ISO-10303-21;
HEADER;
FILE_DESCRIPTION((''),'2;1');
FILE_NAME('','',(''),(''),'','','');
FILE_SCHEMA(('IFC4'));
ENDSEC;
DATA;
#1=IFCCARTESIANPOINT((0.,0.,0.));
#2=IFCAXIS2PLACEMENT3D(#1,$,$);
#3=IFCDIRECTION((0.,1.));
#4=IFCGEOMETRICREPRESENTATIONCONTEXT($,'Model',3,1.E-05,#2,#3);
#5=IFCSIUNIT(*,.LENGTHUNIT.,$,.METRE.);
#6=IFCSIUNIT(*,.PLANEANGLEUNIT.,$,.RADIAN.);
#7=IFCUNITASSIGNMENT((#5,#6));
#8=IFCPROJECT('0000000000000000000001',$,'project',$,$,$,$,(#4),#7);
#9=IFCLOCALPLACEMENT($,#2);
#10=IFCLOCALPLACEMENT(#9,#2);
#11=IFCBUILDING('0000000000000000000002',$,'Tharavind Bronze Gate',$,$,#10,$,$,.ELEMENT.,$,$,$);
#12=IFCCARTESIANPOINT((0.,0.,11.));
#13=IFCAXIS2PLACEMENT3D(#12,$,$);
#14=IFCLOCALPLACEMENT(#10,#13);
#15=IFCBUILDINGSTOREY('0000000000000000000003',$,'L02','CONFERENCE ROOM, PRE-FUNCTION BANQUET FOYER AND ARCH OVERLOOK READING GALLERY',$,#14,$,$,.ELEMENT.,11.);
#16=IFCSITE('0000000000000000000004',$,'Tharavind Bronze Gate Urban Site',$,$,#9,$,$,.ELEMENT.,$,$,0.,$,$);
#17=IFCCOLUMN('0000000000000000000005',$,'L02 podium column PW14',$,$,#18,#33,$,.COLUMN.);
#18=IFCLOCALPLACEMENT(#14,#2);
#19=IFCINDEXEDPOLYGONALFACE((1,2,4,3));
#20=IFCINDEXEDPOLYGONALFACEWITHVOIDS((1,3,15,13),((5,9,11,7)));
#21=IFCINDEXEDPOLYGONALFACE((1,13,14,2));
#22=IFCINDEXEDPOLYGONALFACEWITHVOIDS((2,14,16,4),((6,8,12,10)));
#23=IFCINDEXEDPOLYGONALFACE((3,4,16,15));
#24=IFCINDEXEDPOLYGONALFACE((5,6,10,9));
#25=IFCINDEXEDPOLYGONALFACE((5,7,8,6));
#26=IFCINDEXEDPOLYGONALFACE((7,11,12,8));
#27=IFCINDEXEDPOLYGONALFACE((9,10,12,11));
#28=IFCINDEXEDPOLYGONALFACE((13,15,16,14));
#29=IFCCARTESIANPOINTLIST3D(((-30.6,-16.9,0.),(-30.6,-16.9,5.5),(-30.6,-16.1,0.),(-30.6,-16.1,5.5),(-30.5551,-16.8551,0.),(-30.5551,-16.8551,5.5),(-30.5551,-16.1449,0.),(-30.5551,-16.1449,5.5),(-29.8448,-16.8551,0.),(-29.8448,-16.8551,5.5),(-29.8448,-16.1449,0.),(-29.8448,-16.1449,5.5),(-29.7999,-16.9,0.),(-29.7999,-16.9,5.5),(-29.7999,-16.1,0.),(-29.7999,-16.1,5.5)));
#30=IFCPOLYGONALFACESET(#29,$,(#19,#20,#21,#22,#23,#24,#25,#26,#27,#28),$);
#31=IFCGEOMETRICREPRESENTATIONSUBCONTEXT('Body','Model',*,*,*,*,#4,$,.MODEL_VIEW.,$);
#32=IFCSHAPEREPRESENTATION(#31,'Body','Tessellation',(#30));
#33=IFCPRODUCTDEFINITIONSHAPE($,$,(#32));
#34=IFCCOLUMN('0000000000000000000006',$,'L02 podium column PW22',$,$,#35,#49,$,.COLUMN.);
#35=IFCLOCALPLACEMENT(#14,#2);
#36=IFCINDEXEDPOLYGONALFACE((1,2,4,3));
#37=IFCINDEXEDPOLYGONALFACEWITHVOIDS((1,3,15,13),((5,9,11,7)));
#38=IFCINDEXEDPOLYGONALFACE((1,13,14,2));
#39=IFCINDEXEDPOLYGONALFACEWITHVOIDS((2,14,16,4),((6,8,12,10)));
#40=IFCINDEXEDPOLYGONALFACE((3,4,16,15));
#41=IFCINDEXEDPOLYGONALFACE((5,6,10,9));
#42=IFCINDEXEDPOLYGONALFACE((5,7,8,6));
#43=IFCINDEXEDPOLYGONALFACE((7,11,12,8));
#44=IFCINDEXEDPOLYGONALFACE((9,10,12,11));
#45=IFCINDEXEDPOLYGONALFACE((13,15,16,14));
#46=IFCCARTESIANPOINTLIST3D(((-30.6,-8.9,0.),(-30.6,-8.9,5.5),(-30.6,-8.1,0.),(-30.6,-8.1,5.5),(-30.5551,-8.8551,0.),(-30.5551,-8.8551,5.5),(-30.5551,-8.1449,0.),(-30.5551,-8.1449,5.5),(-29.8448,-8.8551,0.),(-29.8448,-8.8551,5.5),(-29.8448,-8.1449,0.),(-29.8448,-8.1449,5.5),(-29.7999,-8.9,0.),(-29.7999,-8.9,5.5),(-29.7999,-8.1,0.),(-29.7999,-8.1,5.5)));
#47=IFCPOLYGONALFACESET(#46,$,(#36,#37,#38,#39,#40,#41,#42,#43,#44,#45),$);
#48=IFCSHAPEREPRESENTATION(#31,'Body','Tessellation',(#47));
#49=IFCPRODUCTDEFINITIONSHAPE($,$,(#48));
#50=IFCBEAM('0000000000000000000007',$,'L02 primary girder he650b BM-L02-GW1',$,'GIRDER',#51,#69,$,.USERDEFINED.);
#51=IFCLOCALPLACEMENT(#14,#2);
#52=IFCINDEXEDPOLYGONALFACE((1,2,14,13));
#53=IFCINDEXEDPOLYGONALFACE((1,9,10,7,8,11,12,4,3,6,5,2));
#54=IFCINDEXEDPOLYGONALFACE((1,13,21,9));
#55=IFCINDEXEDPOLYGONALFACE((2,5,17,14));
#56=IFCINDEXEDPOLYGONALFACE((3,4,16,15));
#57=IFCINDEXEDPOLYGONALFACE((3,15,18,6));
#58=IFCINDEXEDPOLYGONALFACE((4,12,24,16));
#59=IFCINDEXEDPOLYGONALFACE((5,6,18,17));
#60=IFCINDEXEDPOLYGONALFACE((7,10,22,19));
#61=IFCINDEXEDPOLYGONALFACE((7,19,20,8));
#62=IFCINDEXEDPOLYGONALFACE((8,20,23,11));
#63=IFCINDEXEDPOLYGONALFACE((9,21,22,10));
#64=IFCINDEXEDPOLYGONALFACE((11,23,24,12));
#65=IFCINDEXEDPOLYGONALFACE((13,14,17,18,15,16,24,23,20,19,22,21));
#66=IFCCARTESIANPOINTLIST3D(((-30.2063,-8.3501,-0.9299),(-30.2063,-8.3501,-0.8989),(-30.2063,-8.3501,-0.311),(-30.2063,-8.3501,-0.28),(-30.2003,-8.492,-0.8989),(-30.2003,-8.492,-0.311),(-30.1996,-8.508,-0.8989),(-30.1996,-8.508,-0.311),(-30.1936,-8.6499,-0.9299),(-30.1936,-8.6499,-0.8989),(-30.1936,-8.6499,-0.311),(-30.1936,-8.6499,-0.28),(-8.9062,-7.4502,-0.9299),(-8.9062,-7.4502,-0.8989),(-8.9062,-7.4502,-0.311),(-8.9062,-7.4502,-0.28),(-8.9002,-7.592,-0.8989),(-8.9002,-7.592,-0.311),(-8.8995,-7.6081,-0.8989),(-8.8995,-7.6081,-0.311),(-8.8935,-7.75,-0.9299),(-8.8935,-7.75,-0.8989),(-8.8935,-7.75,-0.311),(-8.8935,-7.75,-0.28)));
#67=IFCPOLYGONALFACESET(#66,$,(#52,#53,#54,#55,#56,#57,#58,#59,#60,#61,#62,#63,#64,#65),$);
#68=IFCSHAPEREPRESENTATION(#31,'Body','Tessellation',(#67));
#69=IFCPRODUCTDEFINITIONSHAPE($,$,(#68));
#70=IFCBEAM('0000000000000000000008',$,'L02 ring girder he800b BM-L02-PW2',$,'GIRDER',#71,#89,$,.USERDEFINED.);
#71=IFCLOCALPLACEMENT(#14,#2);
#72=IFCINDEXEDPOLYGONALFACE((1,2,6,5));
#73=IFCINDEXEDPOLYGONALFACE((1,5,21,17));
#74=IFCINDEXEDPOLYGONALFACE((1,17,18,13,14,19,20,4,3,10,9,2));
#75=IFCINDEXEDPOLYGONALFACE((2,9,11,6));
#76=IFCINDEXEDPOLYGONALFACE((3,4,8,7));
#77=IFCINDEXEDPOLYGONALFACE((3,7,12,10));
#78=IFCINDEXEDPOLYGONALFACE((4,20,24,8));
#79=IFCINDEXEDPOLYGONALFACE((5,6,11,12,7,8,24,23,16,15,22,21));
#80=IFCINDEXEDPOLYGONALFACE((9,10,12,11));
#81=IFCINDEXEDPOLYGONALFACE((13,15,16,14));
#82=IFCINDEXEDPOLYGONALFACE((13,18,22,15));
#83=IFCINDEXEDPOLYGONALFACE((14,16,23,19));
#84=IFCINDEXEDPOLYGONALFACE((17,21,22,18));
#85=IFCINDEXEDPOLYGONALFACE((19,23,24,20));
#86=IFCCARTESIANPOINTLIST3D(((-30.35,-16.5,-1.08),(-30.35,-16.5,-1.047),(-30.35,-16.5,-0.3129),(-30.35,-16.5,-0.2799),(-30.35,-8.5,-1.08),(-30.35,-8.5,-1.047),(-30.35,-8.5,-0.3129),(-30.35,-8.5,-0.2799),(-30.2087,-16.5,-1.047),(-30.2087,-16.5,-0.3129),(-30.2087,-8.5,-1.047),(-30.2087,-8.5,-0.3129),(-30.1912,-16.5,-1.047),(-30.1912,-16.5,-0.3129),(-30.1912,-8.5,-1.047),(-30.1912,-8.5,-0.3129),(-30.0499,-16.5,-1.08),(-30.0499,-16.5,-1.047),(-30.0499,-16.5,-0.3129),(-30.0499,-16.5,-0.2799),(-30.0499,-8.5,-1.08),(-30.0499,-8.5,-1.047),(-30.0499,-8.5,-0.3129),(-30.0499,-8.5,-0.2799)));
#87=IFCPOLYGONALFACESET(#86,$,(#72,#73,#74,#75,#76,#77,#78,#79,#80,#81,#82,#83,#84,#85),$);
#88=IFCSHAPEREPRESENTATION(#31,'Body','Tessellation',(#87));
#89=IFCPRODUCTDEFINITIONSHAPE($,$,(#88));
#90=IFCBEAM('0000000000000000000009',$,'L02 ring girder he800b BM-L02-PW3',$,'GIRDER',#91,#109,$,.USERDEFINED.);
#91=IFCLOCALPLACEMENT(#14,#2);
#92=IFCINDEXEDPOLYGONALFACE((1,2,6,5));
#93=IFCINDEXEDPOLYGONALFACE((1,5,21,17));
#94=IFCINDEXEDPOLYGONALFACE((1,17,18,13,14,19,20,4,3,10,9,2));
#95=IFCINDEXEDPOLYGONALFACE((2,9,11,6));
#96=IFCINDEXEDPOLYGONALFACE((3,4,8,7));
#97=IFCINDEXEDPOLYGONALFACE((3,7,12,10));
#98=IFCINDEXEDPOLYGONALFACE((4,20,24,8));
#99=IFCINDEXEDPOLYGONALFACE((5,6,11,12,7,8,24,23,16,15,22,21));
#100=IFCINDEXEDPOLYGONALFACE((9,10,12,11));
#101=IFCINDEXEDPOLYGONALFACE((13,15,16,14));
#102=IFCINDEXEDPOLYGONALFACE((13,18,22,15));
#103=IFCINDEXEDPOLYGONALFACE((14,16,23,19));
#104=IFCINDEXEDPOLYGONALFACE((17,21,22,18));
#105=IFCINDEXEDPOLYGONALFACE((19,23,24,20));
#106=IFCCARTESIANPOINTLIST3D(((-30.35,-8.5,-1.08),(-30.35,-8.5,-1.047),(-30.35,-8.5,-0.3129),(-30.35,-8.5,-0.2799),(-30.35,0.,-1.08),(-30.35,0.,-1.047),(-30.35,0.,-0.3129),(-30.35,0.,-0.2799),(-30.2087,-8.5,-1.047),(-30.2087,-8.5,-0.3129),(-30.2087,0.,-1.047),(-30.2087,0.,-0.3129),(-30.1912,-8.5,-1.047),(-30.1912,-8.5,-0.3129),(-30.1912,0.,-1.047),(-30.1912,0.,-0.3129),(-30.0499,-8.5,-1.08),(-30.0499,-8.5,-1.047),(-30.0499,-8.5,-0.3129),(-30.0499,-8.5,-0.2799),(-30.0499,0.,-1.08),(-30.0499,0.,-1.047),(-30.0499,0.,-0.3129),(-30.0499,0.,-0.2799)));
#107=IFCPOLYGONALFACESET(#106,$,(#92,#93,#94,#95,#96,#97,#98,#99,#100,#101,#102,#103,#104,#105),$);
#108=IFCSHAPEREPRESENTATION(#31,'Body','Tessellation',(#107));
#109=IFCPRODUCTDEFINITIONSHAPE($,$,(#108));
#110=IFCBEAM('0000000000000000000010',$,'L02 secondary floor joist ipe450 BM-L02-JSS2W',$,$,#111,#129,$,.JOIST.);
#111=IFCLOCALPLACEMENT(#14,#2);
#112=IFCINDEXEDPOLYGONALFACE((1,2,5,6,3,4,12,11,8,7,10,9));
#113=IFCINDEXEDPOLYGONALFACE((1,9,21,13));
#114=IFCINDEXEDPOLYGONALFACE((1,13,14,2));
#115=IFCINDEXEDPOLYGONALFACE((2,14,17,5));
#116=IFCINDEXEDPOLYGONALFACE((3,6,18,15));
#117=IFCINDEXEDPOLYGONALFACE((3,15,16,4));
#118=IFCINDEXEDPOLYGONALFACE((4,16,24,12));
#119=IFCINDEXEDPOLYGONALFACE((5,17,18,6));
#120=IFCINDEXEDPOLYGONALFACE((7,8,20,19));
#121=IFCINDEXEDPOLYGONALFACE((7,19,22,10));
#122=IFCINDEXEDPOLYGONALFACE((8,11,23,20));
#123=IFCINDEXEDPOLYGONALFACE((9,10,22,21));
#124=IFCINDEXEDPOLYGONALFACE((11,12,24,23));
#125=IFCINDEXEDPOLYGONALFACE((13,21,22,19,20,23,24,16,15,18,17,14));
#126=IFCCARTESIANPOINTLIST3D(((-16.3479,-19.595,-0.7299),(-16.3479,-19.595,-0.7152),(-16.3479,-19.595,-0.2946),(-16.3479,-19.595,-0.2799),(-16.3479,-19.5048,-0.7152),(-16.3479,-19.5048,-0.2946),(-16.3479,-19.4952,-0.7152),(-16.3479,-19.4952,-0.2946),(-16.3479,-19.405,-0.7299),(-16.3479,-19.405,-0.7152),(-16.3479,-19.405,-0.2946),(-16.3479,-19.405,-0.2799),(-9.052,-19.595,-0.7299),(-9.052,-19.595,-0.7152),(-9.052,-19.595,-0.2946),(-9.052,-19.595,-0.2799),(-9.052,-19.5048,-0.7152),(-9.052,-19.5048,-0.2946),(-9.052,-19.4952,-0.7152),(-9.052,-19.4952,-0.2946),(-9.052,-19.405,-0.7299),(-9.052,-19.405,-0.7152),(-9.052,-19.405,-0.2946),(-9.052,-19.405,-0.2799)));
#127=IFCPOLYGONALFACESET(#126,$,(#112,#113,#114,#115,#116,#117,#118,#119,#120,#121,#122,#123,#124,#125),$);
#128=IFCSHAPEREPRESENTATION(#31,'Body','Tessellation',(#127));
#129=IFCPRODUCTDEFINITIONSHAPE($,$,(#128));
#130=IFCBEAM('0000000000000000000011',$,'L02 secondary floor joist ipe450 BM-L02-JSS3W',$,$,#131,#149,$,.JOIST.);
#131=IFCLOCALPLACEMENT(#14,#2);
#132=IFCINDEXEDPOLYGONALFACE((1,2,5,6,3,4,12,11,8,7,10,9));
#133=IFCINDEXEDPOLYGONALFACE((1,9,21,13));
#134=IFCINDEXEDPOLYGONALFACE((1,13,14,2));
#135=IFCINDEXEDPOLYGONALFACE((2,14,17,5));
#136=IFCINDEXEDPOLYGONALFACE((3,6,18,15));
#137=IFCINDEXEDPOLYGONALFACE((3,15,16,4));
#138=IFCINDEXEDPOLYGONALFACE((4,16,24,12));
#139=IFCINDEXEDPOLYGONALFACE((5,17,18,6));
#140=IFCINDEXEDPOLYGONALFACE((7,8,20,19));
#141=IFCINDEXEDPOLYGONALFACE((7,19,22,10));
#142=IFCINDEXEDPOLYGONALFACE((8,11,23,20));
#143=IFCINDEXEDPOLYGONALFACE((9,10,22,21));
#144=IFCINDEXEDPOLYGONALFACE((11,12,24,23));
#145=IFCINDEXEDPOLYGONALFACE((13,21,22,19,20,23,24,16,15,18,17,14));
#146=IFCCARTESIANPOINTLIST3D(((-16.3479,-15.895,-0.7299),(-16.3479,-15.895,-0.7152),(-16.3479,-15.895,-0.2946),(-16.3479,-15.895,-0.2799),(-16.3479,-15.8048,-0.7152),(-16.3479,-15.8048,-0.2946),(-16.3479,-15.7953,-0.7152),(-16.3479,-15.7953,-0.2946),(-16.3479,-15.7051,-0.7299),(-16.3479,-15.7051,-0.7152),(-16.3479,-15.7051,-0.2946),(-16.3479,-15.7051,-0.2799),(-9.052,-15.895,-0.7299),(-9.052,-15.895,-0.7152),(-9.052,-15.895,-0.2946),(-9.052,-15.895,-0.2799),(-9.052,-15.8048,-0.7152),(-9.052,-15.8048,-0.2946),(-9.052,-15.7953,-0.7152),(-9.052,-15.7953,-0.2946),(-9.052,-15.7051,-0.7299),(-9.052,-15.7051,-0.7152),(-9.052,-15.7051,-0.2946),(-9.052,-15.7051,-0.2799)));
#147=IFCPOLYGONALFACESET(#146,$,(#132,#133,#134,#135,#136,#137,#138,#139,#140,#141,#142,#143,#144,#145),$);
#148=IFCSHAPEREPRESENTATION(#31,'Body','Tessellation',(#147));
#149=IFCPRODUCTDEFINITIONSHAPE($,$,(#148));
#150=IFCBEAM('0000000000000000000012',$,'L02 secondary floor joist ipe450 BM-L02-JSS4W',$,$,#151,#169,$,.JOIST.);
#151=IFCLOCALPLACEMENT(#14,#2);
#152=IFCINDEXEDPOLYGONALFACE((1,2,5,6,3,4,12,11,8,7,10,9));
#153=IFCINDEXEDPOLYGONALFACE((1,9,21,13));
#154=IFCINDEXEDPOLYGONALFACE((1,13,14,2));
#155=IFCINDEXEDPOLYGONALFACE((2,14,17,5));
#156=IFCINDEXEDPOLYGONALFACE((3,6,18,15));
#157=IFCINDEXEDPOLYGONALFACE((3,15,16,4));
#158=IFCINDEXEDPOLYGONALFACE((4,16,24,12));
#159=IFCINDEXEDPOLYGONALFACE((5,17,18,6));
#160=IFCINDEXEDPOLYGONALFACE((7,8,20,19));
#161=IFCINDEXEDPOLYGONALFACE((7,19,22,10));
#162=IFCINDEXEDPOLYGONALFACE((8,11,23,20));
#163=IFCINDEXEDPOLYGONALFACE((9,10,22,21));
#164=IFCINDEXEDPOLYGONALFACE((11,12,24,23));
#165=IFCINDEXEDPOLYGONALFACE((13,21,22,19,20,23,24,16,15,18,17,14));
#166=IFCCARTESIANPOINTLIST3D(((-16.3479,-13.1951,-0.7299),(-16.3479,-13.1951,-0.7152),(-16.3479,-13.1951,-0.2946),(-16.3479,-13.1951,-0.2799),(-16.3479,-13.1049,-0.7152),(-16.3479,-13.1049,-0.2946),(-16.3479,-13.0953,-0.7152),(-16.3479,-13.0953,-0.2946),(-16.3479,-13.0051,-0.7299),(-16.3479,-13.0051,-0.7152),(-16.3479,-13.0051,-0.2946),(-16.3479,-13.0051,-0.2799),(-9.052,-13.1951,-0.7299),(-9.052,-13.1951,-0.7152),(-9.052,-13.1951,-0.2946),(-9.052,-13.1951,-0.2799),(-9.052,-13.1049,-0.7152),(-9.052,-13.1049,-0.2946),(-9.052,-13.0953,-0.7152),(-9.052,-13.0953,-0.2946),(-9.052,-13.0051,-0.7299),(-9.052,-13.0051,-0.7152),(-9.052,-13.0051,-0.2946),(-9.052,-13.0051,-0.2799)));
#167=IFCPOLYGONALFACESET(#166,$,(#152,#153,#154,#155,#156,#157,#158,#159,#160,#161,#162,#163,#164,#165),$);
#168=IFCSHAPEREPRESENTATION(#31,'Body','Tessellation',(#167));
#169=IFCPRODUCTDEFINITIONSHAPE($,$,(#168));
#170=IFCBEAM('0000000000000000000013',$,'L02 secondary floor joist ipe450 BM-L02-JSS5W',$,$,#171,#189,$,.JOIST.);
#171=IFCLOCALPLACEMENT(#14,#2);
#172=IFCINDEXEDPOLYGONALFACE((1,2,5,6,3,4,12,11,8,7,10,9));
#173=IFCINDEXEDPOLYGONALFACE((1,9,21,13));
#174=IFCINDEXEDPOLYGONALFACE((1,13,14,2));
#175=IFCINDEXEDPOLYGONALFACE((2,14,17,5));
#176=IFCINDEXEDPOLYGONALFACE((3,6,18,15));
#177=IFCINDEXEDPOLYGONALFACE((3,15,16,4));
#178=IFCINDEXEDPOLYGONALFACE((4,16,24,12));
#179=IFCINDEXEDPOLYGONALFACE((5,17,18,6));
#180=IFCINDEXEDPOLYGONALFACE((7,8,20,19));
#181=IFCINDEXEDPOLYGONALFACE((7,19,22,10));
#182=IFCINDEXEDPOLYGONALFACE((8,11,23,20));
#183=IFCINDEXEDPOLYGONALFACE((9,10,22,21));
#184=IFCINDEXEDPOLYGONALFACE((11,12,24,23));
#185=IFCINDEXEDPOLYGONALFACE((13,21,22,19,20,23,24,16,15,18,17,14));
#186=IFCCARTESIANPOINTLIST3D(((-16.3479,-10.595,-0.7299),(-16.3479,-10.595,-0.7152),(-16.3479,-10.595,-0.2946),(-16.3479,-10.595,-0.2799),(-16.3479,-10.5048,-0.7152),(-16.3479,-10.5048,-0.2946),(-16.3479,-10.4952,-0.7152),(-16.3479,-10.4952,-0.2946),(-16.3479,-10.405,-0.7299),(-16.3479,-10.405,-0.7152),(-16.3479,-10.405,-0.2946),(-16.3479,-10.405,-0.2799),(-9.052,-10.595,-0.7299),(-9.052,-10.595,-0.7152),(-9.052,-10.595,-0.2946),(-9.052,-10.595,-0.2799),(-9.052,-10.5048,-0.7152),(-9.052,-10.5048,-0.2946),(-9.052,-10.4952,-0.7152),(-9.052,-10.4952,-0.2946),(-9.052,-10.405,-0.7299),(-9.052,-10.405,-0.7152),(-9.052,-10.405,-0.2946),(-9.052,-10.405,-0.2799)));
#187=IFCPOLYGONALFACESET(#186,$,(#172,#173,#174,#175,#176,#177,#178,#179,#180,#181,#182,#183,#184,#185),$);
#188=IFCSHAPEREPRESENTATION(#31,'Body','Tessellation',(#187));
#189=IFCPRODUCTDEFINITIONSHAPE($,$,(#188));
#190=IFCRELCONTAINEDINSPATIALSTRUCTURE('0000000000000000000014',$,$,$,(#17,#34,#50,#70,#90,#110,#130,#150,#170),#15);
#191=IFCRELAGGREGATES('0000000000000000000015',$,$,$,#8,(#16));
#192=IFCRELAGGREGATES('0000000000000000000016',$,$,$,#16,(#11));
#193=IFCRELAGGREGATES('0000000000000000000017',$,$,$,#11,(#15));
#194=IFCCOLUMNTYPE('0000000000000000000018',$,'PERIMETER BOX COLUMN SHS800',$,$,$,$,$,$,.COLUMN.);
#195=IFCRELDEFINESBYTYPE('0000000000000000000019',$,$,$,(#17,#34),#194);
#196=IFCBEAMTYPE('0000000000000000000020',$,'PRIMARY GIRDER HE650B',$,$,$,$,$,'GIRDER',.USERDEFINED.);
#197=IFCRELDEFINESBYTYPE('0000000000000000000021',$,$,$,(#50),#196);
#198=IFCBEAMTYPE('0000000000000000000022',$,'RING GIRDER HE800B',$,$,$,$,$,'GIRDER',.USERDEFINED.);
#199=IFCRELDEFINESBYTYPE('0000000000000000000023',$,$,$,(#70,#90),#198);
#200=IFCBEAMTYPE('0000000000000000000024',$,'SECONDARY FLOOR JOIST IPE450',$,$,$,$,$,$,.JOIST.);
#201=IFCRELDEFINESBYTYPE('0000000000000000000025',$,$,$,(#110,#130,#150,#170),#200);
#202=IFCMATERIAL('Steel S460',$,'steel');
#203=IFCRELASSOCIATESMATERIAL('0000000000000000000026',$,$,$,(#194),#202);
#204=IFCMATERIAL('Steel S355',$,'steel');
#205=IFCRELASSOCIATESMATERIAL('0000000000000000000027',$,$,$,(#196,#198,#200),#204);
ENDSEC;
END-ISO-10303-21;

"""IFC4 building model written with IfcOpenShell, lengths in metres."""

from ifc_helpers import new_model, si_unit, direction, frame, origin, origin_2d, place, context, subcontext, project, spatial, hollow_rectangle, i_section, extrude, material, material_profile, profile_set, type_object, element, save


model = new_model("IFC4")

# Units and contexts
model_context = context("Model", 3, precision=1e-05, world=origin(), true_north=direction((0.0, 1.0)))
body_context = subcontext(model_context, "Body", "Model", "MODEL_VIEW")
ifc_project = project(units=[si_unit("LENGTHUNIT", "METRE"), si_unit("PLANEANGLEUNIT", "RADIAN")], contexts=[model_context])

# Site, building, storey
site_placement = place(None, origin())
site = spatial("IfcSite", under=ifc_project, at=site_placement, Name="Tharavind Bronze Gate Urban Site", CompositionType="ELEMENT", RefElevation=0.0)
building_placement = place(site_placement, origin())
building = spatial("IfcBuilding", under=site, at=building_placement, Name="Tharavind Bronze Gate", CompositionType="ELEMENT")
storey_placement = place(building_placement, frame((0.0, 0.0, 11.0)))
storey = spatial("IfcBuildingStorey", under=building, at=storey_placement, Name="L02", Description="CONFERENCE ROOM, PRE-FUNCTION BANQUET FOYER AND ARCH OVERLOOK READING GALLERY", CompositionType="ELEMENT", Elevation=11.0)

# Columns
ifc_material_1 = material(Name="Steel S460", Category="steel")
ifc_material_profile_1 = material_profile(ifc_material_1, hollow_rectangle(XDim=0.8, YDim=0.8, WallThickness=0.0449, at=origin_2d()), Name="SHS800X45")
ifc_profile_set_1 = profile_set([ifc_material_profile_1], Name="Steel S460")
column_type = type_object("IfcColumnType", Name="PERIMETER BOX COLUMN SHS800", PredefinedType="COLUMN", material=ifc_profile_set_1)
for number, where, z_axis, x_axis, name in (
    (1, (-30.2, -16.5, 0.0), (0.0, 0.0, 1.0), (1.0, 0.0, 0.0), "L02 podium column PW14"),
    (2, (-30.2, -8.5, 0.0), (0.0, 0.0, 1.0), (1.0, 0.0, 0.0), "L02 podium column PW22"),
):
    element("IfcColumn", number, at=place(storey_placement, frame(where, z_axis=z_axis, x_axis=x_axis)), inside=storey, type_object=column_type, Name=name, PredefinedType="COLUMN", context=body_context, shape_type="SweptSolid", body=[
        extrude(hollow_rectangle(XDim=0.8, YDim=0.8, WallThickness=0.0449, at=origin_2d()), origin(), (0.0, 0.0, 1.0), 5.5),
    ])

# Beams
ifc_material_2 = material(Name="Steel S355", Category="steel")
ifc_material_profile_2 = material_profile(ifc_material_2, i_section(OverallWidth=0.3, OverallDepth=0.6499, WebThickness=0.0161, FlangeThickness=0.031, at=origin_2d()), Name="HE650B")
ifc_profile_set_2 = profile_set([ifc_material_profile_2], Name="Steel S355")
beam_type_1 = type_object("IfcBeamType", Name="PRIMARY GIRDER HE650B", ElementType="GIRDER", PredefinedType="USERDEFINED", material=ifc_profile_set_2)
beam_1_placement = place(storey_placement, frame((-30.2, -8.5, -0.605), z_axis=(0.999109, 0.042211, 0.0), x_axis=(-0.042211, 0.999109, 0.0)))
element("IfcBeam", 3, at=beam_1_placement, inside=storey, type_object=beam_type_1, Name="L02 primary girder he650b BM-L02-GW1", ObjectType="GIRDER", PredefinedType="USERDEFINED", context=body_context, shape_type="SweptSolid", body=[
    extrude(i_section(OverallWidth=0.3, OverallDepth=0.6499, WebThickness=0.0161, FlangeThickness=0.031, at=origin_2d()), origin(), (0.0, 0.0, 1.0), 21.3191),
])
ifc_material_profile_3 = material_profile(ifc_material_2, i_section(OverallWidth=0.3, OverallDepth=0.8, WebThickness=0.0176, FlangeThickness=0.033, at=origin_2d()), Name="HE800B")
ifc_profile_set_3 = profile_set([ifc_material_profile_3], Name="Steel S355")
beam_type_2 = type_object("IfcBeamType", Name="RING GIRDER HE800B", ElementType="GIRDER", PredefinedType="USERDEFINED", material=ifc_profile_set_3)
beam_2_placement = place(storey_placement, frame((-30.2, -16.5, -0.6799), z_axis=(0.0, 1.0, 0.0), x_axis=(-1.0, 0.0, 0.0)))
element("IfcBeam", 4, at=beam_2_placement, inside=storey, type_object=beam_type_2, Name="L02 ring girder he800b BM-L02-PW2", ObjectType="GIRDER", PredefinedType="USERDEFINED", context=body_context, shape_type="SweptSolid", body=[
    extrude(i_section(OverallWidth=0.3, OverallDepth=0.8, WebThickness=0.0176, FlangeThickness=0.033, at=origin_2d()), origin(), (0.0, 0.0, 1.0), 8.0),
])
beam_3_placement = place(storey_placement, frame((-30.2, -8.5, -0.6799), z_axis=(0.0, 1.0, 0.0), x_axis=(-1.0, 0.0, 0.0)))
element("IfcBeam", 5, at=beam_3_placement, inside=storey, type_object=beam_type_2, Name="L02 ring girder he800b BM-L02-PW3", ObjectType="GIRDER", PredefinedType="USERDEFINED", context=body_context, shape_type="SweptSolid", body=[
    extrude(i_section(OverallWidth=0.3, OverallDepth=0.8, WebThickness=0.0176, FlangeThickness=0.033, at=origin_2d()), origin(), (0.0, 0.0, 1.0), 8.5),
])
ifc_material_profile_4 = material_profile(ifc_material_2, i_section(OverallWidth=0.1899, OverallDepth=0.45, WebThickness=0.0095, FlangeThickness=0.0146, at=origin_2d()), Name="IPE450")
ifc_profile_set_4 = profile_set([ifc_material_profile_4], Name="Steel S355")
beam_type_3 = type_object("IfcBeamType", Name="SECONDARY FLOOR JOIST IPE450", PredefinedType="JOIST", material=ifc_profile_set_4)
for number, where, z_axis, x_axis, name in (
    (6, (-16.3479, -19.5, -0.5049), (1.0, 0.0, 0.0), (0.0, 1.0, 0.0), "L02 secondary floor joist ipe450 BM-L02-JSS2W"),
    (7, (-16.3479, -15.8, -0.5049), (1.0, 0.0, 0.0), (0.0, 1.0, 0.0), "L02 secondary floor joist ipe450 BM-L02-JSS3W"),
    (8, (-16.3479, -13.1001, -0.5049), (1.0, 0.0, 0.0), (0.0, 1.0, 0.0), "L02 secondary floor joist ipe450 BM-L02-JSS4W"),
    (9, (-16.3479, -10.5, -0.5049), (1.0, 0.0, 0.0), (0.0, 1.0, 0.0), "L02 secondary floor joist ipe450 BM-L02-JSS5W"),
):
    element("IfcBeam", number, at=place(storey_placement, frame(where, z_axis=z_axis, x_axis=x_axis)), inside=storey, type_object=beam_type_3, Name=name, PredefinedType="JOIST", context=body_context, shape_type="SweptSolid", body=[
        extrude(i_section(OverallWidth=0.1899, OverallDepth=0.45, WebThickness=0.0095, FlangeThickness=0.0146, at=origin_2d()), origin(), (0.0, 0.0, 1.0), 7.2959),
    ])

save(model, "model.ifc")
